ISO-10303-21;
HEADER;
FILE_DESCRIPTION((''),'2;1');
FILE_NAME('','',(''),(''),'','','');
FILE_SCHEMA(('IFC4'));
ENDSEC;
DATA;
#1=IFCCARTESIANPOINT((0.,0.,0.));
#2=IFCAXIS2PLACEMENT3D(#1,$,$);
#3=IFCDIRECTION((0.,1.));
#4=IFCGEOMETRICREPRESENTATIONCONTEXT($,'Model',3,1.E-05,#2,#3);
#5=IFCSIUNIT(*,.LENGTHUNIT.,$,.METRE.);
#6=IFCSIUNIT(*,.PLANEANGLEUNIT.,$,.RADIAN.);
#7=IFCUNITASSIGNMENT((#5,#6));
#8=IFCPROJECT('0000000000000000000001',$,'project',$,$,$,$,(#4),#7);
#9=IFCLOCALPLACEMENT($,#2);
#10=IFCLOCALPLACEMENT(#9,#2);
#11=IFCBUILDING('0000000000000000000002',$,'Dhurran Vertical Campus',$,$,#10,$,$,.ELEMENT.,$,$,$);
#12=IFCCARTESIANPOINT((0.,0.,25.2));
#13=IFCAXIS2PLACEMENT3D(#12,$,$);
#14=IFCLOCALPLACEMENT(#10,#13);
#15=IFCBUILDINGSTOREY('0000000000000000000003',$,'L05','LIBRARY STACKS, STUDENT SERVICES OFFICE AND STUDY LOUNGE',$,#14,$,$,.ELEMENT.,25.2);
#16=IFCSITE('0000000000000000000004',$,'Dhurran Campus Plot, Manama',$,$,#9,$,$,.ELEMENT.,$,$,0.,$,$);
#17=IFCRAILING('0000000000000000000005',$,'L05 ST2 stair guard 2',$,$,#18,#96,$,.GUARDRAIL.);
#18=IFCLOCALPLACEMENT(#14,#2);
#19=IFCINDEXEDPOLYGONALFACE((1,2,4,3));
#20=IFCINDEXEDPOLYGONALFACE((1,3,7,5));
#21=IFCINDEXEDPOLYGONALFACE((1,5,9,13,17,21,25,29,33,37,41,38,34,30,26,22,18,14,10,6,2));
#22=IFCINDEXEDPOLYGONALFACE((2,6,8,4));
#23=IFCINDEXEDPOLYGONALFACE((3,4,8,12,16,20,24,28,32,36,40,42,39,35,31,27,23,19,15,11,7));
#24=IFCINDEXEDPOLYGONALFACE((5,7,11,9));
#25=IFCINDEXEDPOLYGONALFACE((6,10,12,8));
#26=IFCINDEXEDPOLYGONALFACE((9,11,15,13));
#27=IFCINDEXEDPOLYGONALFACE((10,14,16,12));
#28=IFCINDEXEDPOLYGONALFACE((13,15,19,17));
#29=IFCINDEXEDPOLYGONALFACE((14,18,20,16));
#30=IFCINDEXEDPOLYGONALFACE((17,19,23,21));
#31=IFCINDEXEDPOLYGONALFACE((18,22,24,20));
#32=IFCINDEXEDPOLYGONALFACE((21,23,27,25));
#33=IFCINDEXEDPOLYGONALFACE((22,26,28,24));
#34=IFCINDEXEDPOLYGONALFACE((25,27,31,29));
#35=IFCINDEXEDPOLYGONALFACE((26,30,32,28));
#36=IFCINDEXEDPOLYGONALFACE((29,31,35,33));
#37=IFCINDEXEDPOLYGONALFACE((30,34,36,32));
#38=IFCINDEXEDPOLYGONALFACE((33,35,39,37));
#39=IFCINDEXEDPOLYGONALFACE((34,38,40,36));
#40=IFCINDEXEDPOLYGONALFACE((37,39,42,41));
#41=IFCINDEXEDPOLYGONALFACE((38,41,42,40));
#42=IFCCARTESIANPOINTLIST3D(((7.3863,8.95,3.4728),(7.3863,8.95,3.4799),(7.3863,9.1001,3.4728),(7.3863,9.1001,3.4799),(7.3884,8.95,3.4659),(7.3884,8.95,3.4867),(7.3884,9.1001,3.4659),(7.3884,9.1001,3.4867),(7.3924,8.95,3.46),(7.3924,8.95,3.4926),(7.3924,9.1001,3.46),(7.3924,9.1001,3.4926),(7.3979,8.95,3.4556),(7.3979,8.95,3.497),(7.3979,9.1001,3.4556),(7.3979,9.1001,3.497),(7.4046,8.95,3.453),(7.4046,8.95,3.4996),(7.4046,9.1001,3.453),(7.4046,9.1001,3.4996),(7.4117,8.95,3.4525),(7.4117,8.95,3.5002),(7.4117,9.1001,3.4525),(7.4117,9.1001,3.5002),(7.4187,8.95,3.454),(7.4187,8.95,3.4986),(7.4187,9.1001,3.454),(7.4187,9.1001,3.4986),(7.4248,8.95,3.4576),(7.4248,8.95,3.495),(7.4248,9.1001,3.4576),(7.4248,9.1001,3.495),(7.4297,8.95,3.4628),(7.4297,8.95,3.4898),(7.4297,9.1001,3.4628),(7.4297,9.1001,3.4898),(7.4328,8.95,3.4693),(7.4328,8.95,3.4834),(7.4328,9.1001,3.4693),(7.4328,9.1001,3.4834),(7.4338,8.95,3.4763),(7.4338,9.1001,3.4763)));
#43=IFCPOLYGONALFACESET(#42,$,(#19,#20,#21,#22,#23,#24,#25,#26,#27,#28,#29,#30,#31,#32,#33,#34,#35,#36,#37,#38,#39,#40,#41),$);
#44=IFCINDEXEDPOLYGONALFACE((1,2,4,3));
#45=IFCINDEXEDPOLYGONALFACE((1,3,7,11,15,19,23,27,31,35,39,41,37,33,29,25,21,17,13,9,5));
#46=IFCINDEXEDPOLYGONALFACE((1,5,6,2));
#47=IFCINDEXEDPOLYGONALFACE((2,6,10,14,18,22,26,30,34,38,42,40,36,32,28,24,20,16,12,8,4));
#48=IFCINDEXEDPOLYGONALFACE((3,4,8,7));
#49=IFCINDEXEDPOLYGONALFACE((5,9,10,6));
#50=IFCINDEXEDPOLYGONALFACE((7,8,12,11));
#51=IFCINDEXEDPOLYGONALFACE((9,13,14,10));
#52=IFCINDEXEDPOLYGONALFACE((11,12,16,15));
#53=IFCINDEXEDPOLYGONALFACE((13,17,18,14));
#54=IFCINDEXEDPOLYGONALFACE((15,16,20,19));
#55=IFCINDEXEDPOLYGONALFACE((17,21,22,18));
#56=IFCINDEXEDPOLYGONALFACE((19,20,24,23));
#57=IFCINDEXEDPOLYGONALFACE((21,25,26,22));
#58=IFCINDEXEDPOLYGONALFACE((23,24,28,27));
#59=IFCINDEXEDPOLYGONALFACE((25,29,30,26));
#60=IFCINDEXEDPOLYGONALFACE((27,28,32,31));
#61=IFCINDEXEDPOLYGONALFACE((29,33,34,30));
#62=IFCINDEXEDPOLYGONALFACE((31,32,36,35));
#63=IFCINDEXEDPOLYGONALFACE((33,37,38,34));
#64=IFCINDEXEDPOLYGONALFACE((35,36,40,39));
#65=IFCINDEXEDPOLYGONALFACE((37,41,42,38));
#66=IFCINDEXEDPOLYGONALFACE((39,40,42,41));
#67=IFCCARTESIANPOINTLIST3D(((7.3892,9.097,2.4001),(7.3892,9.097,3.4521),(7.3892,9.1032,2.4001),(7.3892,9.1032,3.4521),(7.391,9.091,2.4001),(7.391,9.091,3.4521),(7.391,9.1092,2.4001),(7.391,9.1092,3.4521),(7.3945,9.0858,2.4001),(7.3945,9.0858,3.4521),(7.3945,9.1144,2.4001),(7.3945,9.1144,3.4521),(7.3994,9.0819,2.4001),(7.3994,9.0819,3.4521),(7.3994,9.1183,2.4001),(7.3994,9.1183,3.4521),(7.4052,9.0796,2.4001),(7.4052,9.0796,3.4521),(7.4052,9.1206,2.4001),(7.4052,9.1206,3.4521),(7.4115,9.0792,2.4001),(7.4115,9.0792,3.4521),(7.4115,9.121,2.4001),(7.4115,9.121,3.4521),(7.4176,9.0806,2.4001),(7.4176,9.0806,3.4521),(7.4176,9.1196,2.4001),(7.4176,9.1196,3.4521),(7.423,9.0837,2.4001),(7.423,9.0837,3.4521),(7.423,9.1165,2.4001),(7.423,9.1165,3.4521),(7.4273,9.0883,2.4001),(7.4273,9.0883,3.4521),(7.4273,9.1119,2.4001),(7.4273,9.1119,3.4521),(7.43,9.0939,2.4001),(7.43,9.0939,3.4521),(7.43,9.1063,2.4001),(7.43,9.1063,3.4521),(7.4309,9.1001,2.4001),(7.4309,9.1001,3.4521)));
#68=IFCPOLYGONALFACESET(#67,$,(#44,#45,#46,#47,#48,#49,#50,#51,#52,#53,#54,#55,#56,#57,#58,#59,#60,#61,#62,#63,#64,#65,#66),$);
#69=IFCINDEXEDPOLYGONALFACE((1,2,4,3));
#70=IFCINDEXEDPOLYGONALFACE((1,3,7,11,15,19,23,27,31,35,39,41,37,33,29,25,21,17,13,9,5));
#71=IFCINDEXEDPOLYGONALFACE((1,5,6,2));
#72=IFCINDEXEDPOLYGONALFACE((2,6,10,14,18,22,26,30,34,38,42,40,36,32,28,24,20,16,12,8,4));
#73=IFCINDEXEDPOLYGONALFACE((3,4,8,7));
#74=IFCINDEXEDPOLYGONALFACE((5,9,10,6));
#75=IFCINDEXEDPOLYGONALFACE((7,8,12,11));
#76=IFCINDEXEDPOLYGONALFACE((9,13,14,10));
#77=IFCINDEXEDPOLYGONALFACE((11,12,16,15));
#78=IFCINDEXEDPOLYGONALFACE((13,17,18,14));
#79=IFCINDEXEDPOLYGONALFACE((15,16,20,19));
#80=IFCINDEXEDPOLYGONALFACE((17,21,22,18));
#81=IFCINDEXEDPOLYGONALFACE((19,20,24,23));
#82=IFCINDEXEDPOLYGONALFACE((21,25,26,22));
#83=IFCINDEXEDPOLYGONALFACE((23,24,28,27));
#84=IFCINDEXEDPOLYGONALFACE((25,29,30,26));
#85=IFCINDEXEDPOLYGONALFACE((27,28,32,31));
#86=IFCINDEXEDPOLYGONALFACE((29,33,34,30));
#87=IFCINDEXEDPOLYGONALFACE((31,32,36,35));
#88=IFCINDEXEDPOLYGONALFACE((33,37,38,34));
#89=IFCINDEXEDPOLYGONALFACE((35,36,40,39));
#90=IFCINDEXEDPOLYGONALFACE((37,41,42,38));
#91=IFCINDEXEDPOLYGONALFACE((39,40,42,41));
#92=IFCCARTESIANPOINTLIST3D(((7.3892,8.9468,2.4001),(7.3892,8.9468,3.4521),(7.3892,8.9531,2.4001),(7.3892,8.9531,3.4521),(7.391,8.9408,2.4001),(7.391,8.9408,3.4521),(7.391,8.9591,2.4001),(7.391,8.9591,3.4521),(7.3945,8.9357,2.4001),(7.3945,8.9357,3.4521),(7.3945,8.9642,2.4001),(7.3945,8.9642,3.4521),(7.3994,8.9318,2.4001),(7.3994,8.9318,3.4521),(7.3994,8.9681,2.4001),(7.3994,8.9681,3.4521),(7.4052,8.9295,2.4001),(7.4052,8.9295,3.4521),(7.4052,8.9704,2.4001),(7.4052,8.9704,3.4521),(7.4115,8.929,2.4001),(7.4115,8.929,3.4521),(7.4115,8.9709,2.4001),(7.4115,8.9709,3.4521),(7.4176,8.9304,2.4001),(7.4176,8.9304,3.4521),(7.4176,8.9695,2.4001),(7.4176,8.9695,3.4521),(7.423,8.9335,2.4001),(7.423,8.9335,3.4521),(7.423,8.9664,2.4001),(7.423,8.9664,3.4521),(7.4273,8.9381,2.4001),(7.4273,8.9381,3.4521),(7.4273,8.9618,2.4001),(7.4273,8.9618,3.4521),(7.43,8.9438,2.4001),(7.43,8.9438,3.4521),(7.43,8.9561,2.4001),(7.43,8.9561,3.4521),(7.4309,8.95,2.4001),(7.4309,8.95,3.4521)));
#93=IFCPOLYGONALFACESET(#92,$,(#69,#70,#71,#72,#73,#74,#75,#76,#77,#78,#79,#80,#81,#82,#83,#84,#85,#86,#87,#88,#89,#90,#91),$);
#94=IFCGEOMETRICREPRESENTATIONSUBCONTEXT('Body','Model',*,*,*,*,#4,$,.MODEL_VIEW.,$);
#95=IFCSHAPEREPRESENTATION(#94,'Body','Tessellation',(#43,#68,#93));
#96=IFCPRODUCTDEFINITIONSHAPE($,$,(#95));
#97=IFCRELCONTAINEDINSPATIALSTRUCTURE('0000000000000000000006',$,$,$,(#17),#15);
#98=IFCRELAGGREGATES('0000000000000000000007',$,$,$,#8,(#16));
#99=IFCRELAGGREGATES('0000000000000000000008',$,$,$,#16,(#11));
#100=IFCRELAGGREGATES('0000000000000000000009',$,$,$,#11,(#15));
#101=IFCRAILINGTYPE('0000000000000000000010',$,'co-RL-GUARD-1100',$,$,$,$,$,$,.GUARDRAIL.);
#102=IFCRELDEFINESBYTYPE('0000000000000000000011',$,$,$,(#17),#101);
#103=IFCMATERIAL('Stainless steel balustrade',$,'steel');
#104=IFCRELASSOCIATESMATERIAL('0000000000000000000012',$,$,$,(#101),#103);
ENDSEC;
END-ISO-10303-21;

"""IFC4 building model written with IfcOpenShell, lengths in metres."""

from ifc_helpers import new_model, si_unit, direction, frame, origin, origin_2d, place, context, subcontext, project, spatial, circle, extrude, material, type_object, element, save


model = new_model("IFC4")

# Units and contexts
model_context = context("Model", 3, precision=1e-05, world=origin(), true_north=direction((0.0, 1.0)))
body_context = subcontext(model_context, "Body", "Model", "MODEL_VIEW")
ifc_project = project(units=[si_unit("LENGTHUNIT", "METRE"), si_unit("PLANEANGLEUNIT", "RADIAN")], contexts=[model_context])

# Site, building, storey
site_placement = place(None, origin())
site = spatial("IfcSite", under=ifc_project, at=site_placement, Name="Dhurran Campus Plot, Manama", CompositionType="ELEMENT", RefElevation=0.0)
building_placement = place(site_placement, origin())
building = spatial("IfcBuilding", under=site, at=building_placement, Name="Dhurran Vertical Campus", CompositionType="ELEMENT")
storey_placement = place(building_placement, frame((0.0, 0.0, 25.2)))
storey = spatial("IfcBuildingStorey", under=building, at=storey_placement, Name="L05", Description="LIBRARY STACKS, STUDENT SERVICES OFFICE AND STUDY LOUNGE", CompositionType="ELEMENT", Elevation=25.2)

# Railing
ifc_material_1 = material(Name="Stainless steel balustrade", Category="steel")
railing_type_1 = type_object("IfcRailingType", Name="co-RL-GUARD-1100", PredefinedType="GUARDRAIL", material=ifc_material_1)
railing_1_placement = place(storey_placement, frame((7.4099, 9.1001, 2.4001)))
element("IfcRailing", 1, at=railing_1_placement, inside=storey, type_object=railing_type_1, Name="L05 ST2 stair guard 2", PredefinedType="GUARDRAIL", context=body_context, shape_type="SweptSolid", body=[
    extrude(circle(Radius=0.0239, at=origin_2d()), frame((0.0, 0.0, 1.0762), z_axis=(0.0, -1.0, 0.0), x_axis=(1.0, 0.0, 0.0)), (0.0, 0.0, 1.0), 0.1501),
    extrude(circle(Radius=0.021, at=origin_2d()), origin(), (0.0, 0.0, 1.0), 1.052),
    extrude(circle(Radius=0.021, at=origin_2d()), frame((0.0, -0.1501, 0.0)), (0.0, 0.0, 1.0), 1.052),
])

save(model, "model.ifc")
